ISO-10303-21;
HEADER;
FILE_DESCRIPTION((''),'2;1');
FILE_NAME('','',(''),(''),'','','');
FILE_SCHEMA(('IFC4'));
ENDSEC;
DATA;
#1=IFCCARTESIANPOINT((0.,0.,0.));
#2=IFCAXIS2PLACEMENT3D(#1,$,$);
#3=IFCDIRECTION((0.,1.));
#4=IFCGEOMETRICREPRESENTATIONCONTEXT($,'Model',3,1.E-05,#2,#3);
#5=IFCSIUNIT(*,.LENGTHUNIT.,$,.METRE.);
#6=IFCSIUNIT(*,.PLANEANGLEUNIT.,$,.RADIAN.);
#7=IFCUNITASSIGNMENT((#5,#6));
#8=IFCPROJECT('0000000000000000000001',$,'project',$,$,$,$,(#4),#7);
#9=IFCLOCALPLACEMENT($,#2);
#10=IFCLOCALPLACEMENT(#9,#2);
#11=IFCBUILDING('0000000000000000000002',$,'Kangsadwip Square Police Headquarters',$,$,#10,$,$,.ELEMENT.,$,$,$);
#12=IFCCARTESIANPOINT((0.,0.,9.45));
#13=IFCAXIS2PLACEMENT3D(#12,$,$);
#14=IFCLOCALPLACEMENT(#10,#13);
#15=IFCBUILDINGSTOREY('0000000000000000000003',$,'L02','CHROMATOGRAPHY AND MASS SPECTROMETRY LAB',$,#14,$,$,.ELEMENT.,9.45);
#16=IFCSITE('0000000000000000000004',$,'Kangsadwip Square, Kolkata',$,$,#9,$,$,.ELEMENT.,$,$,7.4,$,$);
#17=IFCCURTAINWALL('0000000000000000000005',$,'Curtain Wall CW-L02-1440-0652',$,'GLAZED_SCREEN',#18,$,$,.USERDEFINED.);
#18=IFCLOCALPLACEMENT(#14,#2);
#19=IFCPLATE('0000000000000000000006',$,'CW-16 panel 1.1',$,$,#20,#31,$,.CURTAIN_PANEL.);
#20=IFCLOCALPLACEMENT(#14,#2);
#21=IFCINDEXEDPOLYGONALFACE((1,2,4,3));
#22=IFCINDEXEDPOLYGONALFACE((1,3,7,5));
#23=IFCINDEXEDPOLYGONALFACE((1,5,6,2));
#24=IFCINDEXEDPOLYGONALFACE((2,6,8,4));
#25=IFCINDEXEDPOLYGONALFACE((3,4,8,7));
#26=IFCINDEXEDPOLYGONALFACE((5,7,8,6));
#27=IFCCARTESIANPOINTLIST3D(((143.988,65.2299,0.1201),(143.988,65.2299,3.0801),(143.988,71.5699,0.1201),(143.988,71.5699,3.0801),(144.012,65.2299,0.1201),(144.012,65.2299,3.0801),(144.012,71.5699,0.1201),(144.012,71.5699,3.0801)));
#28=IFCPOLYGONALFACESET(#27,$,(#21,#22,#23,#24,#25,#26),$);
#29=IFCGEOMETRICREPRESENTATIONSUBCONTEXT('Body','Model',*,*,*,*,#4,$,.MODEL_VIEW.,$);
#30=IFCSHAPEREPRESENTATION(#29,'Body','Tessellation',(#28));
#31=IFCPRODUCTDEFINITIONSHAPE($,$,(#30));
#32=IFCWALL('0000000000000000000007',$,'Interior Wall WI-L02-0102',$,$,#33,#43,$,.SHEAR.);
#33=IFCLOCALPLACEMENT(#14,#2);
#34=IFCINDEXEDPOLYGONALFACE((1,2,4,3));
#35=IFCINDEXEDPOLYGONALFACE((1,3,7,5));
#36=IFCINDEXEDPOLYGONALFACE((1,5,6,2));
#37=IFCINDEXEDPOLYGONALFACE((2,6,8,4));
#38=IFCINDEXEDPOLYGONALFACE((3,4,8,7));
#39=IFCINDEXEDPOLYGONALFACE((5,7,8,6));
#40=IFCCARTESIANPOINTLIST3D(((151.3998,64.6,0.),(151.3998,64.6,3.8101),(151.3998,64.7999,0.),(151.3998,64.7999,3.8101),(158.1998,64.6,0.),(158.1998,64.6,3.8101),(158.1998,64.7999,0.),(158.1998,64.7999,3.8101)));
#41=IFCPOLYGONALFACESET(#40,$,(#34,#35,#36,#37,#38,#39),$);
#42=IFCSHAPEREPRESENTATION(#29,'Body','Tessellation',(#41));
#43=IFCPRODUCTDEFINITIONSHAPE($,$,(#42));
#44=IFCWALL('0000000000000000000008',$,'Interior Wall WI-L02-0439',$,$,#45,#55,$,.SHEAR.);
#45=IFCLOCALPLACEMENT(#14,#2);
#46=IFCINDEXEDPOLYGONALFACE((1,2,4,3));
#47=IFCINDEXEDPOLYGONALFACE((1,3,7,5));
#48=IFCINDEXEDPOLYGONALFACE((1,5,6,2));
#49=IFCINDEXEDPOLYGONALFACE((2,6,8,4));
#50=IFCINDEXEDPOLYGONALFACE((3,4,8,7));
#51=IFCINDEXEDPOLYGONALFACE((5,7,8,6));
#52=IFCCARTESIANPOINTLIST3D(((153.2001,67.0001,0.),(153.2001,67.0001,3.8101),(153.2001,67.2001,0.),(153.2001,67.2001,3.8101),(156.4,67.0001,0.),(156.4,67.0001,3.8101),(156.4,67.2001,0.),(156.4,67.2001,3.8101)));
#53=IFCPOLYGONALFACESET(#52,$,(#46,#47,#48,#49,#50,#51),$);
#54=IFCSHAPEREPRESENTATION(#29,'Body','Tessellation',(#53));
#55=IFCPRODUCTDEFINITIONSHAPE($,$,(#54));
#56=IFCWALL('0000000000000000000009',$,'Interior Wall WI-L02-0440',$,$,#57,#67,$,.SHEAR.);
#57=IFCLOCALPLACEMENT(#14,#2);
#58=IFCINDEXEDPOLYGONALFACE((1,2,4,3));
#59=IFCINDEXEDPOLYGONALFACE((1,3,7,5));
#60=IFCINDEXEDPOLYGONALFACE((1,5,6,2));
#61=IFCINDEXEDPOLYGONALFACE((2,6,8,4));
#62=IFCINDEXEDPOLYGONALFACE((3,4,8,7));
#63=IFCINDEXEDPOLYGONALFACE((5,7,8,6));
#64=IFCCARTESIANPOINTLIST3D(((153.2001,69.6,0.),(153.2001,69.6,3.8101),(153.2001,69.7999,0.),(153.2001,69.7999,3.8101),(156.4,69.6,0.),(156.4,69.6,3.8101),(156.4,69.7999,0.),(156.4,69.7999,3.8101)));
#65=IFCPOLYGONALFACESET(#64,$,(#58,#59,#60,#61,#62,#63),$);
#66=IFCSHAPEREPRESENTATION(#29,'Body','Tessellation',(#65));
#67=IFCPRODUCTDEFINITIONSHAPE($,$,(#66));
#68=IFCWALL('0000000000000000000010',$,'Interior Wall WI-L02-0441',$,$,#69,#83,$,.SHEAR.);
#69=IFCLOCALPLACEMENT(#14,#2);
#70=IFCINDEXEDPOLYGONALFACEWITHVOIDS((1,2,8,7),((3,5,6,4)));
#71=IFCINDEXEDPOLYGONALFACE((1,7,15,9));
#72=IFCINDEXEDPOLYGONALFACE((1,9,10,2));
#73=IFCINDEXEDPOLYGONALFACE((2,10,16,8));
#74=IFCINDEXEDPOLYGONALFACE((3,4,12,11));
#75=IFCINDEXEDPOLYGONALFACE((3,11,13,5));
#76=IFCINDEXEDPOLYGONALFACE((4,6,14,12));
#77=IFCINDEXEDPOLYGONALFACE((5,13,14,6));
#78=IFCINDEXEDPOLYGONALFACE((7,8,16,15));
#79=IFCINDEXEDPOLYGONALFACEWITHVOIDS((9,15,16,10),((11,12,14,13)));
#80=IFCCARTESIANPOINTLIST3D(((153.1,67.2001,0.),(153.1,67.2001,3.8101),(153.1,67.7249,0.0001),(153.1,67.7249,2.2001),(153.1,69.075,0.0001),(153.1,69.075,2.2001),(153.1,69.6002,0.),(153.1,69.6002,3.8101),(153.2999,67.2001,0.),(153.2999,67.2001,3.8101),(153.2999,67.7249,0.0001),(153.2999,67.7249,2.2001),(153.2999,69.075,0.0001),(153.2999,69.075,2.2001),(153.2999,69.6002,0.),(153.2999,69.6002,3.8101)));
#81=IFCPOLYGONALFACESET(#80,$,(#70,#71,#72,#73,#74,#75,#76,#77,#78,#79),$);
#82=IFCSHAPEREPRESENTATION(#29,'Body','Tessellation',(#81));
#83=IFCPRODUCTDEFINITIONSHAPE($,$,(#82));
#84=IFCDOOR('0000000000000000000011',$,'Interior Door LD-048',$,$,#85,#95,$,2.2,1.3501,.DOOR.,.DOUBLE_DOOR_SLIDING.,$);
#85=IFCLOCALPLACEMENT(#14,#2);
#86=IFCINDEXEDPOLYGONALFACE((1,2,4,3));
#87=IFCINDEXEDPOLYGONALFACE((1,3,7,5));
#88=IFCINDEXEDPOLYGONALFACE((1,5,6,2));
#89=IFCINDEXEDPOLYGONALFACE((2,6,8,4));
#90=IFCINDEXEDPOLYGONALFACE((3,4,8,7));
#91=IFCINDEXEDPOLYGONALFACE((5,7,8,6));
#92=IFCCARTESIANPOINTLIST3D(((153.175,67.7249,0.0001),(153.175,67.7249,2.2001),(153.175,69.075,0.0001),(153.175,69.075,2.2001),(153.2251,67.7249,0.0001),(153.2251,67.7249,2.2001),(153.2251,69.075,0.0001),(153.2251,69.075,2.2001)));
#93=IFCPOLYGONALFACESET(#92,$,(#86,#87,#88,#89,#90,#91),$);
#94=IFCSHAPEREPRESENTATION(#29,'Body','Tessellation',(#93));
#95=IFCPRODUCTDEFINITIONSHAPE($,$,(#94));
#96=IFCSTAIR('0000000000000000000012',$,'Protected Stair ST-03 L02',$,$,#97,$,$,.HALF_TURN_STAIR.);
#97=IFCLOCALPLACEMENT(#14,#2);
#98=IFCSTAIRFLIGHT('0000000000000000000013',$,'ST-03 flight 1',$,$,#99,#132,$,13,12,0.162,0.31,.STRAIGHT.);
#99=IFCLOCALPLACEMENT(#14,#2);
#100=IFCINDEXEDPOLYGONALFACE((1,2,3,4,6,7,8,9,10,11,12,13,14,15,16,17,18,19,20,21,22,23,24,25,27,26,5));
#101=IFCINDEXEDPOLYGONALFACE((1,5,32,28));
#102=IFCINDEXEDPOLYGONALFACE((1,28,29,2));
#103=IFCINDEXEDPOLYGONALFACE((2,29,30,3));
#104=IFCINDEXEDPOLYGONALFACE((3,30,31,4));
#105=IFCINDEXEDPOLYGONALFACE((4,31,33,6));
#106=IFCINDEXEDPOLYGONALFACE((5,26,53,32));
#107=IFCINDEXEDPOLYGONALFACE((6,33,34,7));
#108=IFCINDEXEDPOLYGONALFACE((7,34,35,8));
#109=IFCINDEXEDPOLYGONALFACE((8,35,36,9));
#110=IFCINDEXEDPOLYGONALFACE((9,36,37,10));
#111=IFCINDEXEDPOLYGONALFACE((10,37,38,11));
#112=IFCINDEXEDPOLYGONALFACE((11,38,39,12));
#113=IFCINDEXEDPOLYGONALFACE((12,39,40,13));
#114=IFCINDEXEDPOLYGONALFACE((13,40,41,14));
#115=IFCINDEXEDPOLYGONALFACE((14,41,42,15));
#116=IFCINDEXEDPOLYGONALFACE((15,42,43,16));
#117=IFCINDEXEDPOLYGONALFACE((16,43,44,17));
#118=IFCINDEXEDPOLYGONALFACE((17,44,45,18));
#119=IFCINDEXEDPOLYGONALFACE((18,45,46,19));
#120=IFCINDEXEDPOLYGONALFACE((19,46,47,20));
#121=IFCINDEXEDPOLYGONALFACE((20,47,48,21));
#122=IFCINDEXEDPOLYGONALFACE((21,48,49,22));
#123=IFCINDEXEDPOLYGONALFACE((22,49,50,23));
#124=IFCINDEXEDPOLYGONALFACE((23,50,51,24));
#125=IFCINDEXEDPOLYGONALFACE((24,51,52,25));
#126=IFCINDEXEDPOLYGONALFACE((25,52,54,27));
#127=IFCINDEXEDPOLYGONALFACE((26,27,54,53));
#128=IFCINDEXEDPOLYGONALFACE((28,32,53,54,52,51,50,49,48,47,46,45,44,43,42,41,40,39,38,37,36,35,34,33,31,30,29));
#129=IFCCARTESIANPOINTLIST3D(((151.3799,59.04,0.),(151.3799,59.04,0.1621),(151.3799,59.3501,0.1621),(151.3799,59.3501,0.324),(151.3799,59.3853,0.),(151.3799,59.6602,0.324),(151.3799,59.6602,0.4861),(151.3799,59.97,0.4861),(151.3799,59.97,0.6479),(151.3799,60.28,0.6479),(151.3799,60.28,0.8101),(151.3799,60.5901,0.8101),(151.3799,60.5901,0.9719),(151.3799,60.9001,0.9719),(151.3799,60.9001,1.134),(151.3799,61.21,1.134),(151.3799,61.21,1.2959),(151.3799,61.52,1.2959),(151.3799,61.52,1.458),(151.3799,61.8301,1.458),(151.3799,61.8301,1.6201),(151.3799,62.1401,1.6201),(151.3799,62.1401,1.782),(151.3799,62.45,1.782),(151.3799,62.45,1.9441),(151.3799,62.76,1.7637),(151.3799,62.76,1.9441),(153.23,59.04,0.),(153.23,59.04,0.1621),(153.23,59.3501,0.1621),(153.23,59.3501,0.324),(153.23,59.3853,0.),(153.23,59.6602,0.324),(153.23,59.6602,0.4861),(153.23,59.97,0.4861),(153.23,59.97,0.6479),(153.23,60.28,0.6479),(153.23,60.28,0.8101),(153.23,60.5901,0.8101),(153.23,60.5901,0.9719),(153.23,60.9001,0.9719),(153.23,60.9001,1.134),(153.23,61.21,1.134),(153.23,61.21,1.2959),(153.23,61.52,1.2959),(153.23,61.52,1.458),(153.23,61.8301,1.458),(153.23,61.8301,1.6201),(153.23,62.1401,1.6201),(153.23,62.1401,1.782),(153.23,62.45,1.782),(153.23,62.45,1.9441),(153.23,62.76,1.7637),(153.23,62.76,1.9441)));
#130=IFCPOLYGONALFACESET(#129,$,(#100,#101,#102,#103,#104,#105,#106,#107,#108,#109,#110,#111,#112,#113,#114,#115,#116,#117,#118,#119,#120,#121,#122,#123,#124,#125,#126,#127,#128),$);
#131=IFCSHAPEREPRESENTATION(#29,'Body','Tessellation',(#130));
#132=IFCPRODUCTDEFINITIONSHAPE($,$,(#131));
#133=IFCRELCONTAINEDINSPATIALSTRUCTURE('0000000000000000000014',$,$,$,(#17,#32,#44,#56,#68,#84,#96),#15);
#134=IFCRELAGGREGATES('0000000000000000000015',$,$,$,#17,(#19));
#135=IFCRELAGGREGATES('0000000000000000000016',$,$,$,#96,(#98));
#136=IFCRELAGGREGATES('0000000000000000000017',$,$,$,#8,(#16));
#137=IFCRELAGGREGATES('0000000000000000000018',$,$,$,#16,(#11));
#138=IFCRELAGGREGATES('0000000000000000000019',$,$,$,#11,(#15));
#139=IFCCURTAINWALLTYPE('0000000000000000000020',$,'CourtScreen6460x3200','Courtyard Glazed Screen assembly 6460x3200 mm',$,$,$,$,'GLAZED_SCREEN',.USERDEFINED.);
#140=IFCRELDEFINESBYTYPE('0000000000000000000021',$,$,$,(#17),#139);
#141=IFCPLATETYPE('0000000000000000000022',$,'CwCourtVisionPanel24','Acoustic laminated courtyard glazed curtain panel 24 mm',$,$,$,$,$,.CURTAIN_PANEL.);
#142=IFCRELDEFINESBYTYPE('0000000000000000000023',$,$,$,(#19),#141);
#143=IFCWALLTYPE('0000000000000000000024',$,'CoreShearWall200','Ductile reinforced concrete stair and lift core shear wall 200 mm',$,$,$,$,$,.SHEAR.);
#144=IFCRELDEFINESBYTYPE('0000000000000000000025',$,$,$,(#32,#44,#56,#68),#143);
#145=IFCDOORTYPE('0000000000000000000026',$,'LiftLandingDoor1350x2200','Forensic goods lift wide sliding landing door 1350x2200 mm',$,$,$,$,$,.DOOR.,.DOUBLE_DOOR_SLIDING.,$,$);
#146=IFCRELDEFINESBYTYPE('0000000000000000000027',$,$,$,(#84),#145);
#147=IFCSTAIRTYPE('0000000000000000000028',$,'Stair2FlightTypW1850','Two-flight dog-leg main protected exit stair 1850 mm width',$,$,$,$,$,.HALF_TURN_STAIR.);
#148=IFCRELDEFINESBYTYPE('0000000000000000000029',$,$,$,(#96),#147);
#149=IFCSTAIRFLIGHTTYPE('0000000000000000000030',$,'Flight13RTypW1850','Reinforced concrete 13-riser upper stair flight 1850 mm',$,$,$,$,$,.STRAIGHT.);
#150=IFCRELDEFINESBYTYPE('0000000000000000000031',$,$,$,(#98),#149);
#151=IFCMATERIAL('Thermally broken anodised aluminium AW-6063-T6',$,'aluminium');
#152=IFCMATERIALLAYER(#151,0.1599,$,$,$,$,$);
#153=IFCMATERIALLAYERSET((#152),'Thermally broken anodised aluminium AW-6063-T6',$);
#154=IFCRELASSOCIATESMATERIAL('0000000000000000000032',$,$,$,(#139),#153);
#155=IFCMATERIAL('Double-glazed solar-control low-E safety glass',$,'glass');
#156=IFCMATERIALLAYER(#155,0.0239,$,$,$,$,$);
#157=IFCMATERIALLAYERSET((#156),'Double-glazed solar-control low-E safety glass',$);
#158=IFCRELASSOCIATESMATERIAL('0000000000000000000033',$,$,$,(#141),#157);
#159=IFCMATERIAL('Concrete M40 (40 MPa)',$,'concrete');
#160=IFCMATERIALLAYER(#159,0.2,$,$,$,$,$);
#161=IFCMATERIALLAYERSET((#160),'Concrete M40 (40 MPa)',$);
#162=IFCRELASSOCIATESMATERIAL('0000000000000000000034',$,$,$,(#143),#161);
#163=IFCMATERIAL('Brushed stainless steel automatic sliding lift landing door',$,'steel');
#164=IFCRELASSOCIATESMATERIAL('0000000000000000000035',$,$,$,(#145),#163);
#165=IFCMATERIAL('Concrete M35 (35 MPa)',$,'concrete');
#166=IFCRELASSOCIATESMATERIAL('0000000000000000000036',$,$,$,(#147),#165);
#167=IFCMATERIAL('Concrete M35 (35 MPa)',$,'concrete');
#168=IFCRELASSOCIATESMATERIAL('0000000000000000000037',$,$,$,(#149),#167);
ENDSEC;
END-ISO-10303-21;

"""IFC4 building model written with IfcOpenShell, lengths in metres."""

from ifc_helpers import new_model, si_unit, direction, frame, frame_2d, origin, origin_2d, place, context, subcontext, project, spatial, polyline, rectangle, outline, extrude, material, layer, layer_set, type_object, element, fill, aggregate, save


model = new_model("IFC4")

# Units and contexts
model_context = context("Model", 3, precision=1e-05, world=origin(), true_north=direction((0.0, 1.0)))
body_context = subcontext(model_context, "Body", "Model", "MODEL_VIEW")
ifc_project = project(units=[si_unit("LENGTHUNIT", "METRE"), si_unit("PLANEANGLEUNIT", "RADIAN")], contexts=[model_context])

# Site, building, storey
site_placement = place(None, origin())
site = spatial("IfcSite", under=ifc_project, at=site_placement, Name="Kangsadwip Square, Kolkata", CompositionType="ELEMENT", RefElevation=7.4)
building_placement = place(site_placement, origin())
building = spatial("IfcBuilding", under=site, at=building_placement, Name="Kangsadwip Square Police Headquarters", CompositionType="ELEMENT")
storey_placement = place(building_placement, frame((0.0, 0.0, 9.45)))
storey = spatial("IfcBuildingStorey", under=building, at=storey_placement, Name="L02", Description="CHROMATOGRAPHY AND MASS SPECTROMETRY LAB", CompositionType="ELEMENT", Elevation=9.45)

# Curtain wall
ifc_material_1 = material(Name="Thermally broken anodised aluminium AW-6063-T6", Category="aluminium")
ifc_layer_1 = layer(ifc_material_1, 0.1599)
ifc_layer_set_1 = layer_set([ifc_layer_1], Name="Thermally broken anodised aluminium AW-6063-T6")
curtain_wall_type = type_object("IfcCurtainWallType", Name="CourtScreen6460x3200", Description="Courtyard Glazed Screen assembly 6460x3200 mm", ElementType="GLAZED_SCREEN", PredefinedType="USERDEFINED", material=ifc_layer_set_1)
curtain_wall_placement = place(storey_placement, origin())
curtain_wall = element("IfcCurtainWall", 1, at=curtain_wall_placement, inside=storey, type_object=curtain_wall_type, Name="Curtain Wall CW-L02-1440-0652", ObjectType="GLAZED_SCREEN", PredefinedType="USERDEFINED")

# Plate
ifc_material_2 = material(Name="Double-glazed solar-control low-E safety glass", Category="glass")
ifc_layer_2 = layer(ifc_material_2, 0.0239)
ifc_layer_set_2 = layer_set([ifc_layer_2], Name="Double-glazed solar-control low-E safety glass")
plate_type = type_object("IfcPlateType", Name="CwCourtVisionPanel24", Description="Acoustic laminated courtyard glazed curtain panel 24 mm", PredefinedType="CURTAIN_PANEL", material=ifc_layer_set_2)
plate_placement = place(storey_placement, frame((144.0, 68.3999, 0.1201), z_axis=(0.0, 0.0, 1.0), x_axis=(0.0, 1.0, 0.0)))
plate = element("IfcPlate", 2, at=plate_placement, type_object=plate_type, Name="CW-16 panel 1.1", PredefinedType="CURTAIN_PANEL", context=body_context, shape_type="SweptSolid", body=[
    extrude(rectangle(XDim=6.3401, YDim=0.0239, at=origin_2d()), origin(), (0.0, 0.0, 1.0), 2.96),
])
aggregate(curtain_wall, [plate])

# Walls
ifc_material_3 = material(Name="Concrete M40 (40 MPa)", Category="concrete")
ifc_layer_3 = layer(ifc_material_3, 0.2)
ifc_layer_set_3 = layer_set([ifc_layer_3], Name="Concrete M40 (40 MPa)")
wall_type = type_object("IfcWallType", Name="CoreShearWall200", Description="Ductile reinforced concrete stair and lift core shear wall 200 mm", PredefinedType="SHEAR", material=ifc_layer_set_3)
wall_1_placement = place(storey_placement, frame((151.3999, 64.7, 0.0), z_axis=(0.0, 0.0, 1.0), x_axis=(1.0, 0.0, 0.0)))
element("IfcWall", 3, at=wall_1_placement, inside=storey, type_object=wall_type, Name="Interior Wall WI-L02-0102", PredefinedType="SHEAR", context=body_context, shape_type="SweptSolid", body=[
    extrude(rectangle(XDim=6.8, YDim=0.2, at=frame_2d((3.3999, 0.0))), origin(), (0.0, 0.0, 1.0), 3.8101),
])
for number, where, z_axis, x_axis, name in (
    (4, (153.2, 67.1001, 0.0), (0.0, 0.0, 1.0), (1.0, 0.0, 0.0), "Interior Wall WI-L02-0439"),
    (5, (153.2, 69.7, 0.0), (0.0, 0.0, 1.0), (1.0, 0.0, 0.0), "Interior Wall WI-L02-0440"),
):
    element("IfcWall", number, at=place(storey_placement, frame(where, z_axis=z_axis, x_axis=x_axis)), inside=storey, type_object=wall_type, Name=name, PredefinedType="SHEAR", context=body_context, shape_type="SweptSolid", body=[
        extrude(rectangle(XDim=3.2, YDim=0.2, at=frame_2d((1.6001, 0.0))), origin(), (0.0, 0.0, 1.0), 3.8101),
    ])

# Wall, opening, door
wall_2_placement = place(storey_placement, frame((153.2, 67.2, 0.0), z_axis=(0.0, 0.0, 1.0), x_axis=(0.0, 1.0, 0.0)))
wall_2 = element("IfcWall", 6, at=wall_2_placement, inside=storey, type_object=wall_type, Name="Interior Wall WI-L02-0441", PredefinedType="SHEAR", context=body_context, shape_type="SweptSolid", body=[
    extrude(rectangle(XDim=2.4001, YDim=0.2, at=frame_2d((1.2002, 0.0))), origin(), (0.0, 0.0, 1.0), 3.8101),
])
opening_placement = place(wall_2_placement, frame((0.5249, 0.0, 0.0)))
opening = element("IfcOpeningElement", 7, at=opening_placement, cuts=wall_2, PredefinedType="OPENING", context=body_context, shape_type="SweptSolid", body=[
    extrude(rectangle(XDim=1.3501, YDim=2.2, at=frame_2d((0.675, 1.1001))), frame((0.0, 0.1099, 0.0), z_axis=(0.0, -1.0, 0.0), x_axis=(1.0, 0.0, 0.0)), (0.0, 0.0, 1.0), 0.22),
])
ifc_material_4 = material(Name="Brushed stainless steel automatic sliding lift landing door", Category="steel")
door_type = type_object("IfcDoorType", Name="LiftLandingDoor1350x2200", Description="Forensic goods lift wide sliding landing door 1350x2200 mm", OperationType="DOUBLE_DOOR_SLIDING", PredefinedType="DOOR", material=ifc_material_4)
door_placement = place(opening_placement, origin())
door = element("IfcDoor", 8, at=door_placement, inside=storey, type_object=door_type, Name="Interior Door LD-048", OperationType="DOUBLE_DOOR_SLIDING", OverallHeight=2.2, OverallWidth=1.3501, PredefinedType="DOOR", context=body_context, shape_type="SweptSolid", body=[
    extrude(rectangle(XDim=1.3501, YDim=2.2, at=frame_2d((0.675, 1.1001))), frame((0.0, 0.0249, 0.0), z_axis=(0.0, -1.0, 0.0), x_axis=(1.0, 0.0, 0.0)), (0.0, 0.0, 1.0), 0.05),
])
fill(opening, door)

# Stair, stair flight
ifc_material_5 = material(Name="Concrete M35 (35 MPa)", Category="concrete")
stair_type = type_object("IfcStairType", Name="Stair2FlightTypW1850", Description="Two-flight dog-leg main protected exit stair 1850 mm width", PredefinedType="HALF_TURN_STAIR", material=ifc_material_5)
stair_placement = place(storey_placement, origin())
stair = element("IfcStair", 9, at=stair_placement, inside=storey, type_object=stair_type, Name="Protected Stair ST-03 L02", PredefinedType="HALF_TURN_STAIR")
ifc_material_6 = material(Name="Concrete M35 (35 MPa)", Category="concrete")
stair_flight_type = type_object("IfcStairFlightType", Name="Flight13RTypW1850", Description="Reinforced concrete 13-riser upper stair flight 1850 mm", PredefinedType="STRAIGHT", material=ifc_material_6)
stair_flight_placement = place(storey_placement, frame((152.3049, 59.04, 0.0), z_axis=(0.0, 0.0, 1.0), x_axis=(0.0, 1.0, 0.0)))
stair_flight = element("IfcStairFlight", 10, at=stair_flight_placement, type_object=stair_flight_type, Name="ST-03 flight 1", NumberOfRisers=13, NumberOfTreads=12, PredefinedType="STRAIGHT", RiserHeight=0.162, TreadLength=0.31, context=body_context, shape_type="SweptSolid", body=[
    extrude(outline(polyline([(0.0, 0.0), (0.0, 0.1621), (0.3101, 0.1621), (0.3101, 0.324), (0.6201, 0.324), (0.6201, 0.4861), (0.9299, 0.4861), (0.9299, 0.6479), (1.24, 0.6479), (1.24, 0.8101), (1.55, 0.8101), (1.55, 0.9719), (1.8601, 0.9719), (1.8601, 1.134), (2.1699, 1.134), (2.1699, 1.2959), (2.48, 1.2959), (2.48, 1.458), (2.79, 1.458), (2.79, 1.6201), (3.1001, 1.6201), (3.1001, 1.782), (3.4099, 1.782), (3.4099, 1.9441), (3.72, 1.9441), (3.72, 2.106), (3.72, 1.7637), (0.3452, 0.0), (0.0, 0.0)])), frame((0.0, 0.925, 0.0), z_axis=(0.0, -1.0, 0.0), x_axis=(1.0, 0.0, 0.0)), (0.0, 0.0, 1.0), 1.8501),
])
aggregate(stair, [stair_flight])

save(model, "model.ifc")
